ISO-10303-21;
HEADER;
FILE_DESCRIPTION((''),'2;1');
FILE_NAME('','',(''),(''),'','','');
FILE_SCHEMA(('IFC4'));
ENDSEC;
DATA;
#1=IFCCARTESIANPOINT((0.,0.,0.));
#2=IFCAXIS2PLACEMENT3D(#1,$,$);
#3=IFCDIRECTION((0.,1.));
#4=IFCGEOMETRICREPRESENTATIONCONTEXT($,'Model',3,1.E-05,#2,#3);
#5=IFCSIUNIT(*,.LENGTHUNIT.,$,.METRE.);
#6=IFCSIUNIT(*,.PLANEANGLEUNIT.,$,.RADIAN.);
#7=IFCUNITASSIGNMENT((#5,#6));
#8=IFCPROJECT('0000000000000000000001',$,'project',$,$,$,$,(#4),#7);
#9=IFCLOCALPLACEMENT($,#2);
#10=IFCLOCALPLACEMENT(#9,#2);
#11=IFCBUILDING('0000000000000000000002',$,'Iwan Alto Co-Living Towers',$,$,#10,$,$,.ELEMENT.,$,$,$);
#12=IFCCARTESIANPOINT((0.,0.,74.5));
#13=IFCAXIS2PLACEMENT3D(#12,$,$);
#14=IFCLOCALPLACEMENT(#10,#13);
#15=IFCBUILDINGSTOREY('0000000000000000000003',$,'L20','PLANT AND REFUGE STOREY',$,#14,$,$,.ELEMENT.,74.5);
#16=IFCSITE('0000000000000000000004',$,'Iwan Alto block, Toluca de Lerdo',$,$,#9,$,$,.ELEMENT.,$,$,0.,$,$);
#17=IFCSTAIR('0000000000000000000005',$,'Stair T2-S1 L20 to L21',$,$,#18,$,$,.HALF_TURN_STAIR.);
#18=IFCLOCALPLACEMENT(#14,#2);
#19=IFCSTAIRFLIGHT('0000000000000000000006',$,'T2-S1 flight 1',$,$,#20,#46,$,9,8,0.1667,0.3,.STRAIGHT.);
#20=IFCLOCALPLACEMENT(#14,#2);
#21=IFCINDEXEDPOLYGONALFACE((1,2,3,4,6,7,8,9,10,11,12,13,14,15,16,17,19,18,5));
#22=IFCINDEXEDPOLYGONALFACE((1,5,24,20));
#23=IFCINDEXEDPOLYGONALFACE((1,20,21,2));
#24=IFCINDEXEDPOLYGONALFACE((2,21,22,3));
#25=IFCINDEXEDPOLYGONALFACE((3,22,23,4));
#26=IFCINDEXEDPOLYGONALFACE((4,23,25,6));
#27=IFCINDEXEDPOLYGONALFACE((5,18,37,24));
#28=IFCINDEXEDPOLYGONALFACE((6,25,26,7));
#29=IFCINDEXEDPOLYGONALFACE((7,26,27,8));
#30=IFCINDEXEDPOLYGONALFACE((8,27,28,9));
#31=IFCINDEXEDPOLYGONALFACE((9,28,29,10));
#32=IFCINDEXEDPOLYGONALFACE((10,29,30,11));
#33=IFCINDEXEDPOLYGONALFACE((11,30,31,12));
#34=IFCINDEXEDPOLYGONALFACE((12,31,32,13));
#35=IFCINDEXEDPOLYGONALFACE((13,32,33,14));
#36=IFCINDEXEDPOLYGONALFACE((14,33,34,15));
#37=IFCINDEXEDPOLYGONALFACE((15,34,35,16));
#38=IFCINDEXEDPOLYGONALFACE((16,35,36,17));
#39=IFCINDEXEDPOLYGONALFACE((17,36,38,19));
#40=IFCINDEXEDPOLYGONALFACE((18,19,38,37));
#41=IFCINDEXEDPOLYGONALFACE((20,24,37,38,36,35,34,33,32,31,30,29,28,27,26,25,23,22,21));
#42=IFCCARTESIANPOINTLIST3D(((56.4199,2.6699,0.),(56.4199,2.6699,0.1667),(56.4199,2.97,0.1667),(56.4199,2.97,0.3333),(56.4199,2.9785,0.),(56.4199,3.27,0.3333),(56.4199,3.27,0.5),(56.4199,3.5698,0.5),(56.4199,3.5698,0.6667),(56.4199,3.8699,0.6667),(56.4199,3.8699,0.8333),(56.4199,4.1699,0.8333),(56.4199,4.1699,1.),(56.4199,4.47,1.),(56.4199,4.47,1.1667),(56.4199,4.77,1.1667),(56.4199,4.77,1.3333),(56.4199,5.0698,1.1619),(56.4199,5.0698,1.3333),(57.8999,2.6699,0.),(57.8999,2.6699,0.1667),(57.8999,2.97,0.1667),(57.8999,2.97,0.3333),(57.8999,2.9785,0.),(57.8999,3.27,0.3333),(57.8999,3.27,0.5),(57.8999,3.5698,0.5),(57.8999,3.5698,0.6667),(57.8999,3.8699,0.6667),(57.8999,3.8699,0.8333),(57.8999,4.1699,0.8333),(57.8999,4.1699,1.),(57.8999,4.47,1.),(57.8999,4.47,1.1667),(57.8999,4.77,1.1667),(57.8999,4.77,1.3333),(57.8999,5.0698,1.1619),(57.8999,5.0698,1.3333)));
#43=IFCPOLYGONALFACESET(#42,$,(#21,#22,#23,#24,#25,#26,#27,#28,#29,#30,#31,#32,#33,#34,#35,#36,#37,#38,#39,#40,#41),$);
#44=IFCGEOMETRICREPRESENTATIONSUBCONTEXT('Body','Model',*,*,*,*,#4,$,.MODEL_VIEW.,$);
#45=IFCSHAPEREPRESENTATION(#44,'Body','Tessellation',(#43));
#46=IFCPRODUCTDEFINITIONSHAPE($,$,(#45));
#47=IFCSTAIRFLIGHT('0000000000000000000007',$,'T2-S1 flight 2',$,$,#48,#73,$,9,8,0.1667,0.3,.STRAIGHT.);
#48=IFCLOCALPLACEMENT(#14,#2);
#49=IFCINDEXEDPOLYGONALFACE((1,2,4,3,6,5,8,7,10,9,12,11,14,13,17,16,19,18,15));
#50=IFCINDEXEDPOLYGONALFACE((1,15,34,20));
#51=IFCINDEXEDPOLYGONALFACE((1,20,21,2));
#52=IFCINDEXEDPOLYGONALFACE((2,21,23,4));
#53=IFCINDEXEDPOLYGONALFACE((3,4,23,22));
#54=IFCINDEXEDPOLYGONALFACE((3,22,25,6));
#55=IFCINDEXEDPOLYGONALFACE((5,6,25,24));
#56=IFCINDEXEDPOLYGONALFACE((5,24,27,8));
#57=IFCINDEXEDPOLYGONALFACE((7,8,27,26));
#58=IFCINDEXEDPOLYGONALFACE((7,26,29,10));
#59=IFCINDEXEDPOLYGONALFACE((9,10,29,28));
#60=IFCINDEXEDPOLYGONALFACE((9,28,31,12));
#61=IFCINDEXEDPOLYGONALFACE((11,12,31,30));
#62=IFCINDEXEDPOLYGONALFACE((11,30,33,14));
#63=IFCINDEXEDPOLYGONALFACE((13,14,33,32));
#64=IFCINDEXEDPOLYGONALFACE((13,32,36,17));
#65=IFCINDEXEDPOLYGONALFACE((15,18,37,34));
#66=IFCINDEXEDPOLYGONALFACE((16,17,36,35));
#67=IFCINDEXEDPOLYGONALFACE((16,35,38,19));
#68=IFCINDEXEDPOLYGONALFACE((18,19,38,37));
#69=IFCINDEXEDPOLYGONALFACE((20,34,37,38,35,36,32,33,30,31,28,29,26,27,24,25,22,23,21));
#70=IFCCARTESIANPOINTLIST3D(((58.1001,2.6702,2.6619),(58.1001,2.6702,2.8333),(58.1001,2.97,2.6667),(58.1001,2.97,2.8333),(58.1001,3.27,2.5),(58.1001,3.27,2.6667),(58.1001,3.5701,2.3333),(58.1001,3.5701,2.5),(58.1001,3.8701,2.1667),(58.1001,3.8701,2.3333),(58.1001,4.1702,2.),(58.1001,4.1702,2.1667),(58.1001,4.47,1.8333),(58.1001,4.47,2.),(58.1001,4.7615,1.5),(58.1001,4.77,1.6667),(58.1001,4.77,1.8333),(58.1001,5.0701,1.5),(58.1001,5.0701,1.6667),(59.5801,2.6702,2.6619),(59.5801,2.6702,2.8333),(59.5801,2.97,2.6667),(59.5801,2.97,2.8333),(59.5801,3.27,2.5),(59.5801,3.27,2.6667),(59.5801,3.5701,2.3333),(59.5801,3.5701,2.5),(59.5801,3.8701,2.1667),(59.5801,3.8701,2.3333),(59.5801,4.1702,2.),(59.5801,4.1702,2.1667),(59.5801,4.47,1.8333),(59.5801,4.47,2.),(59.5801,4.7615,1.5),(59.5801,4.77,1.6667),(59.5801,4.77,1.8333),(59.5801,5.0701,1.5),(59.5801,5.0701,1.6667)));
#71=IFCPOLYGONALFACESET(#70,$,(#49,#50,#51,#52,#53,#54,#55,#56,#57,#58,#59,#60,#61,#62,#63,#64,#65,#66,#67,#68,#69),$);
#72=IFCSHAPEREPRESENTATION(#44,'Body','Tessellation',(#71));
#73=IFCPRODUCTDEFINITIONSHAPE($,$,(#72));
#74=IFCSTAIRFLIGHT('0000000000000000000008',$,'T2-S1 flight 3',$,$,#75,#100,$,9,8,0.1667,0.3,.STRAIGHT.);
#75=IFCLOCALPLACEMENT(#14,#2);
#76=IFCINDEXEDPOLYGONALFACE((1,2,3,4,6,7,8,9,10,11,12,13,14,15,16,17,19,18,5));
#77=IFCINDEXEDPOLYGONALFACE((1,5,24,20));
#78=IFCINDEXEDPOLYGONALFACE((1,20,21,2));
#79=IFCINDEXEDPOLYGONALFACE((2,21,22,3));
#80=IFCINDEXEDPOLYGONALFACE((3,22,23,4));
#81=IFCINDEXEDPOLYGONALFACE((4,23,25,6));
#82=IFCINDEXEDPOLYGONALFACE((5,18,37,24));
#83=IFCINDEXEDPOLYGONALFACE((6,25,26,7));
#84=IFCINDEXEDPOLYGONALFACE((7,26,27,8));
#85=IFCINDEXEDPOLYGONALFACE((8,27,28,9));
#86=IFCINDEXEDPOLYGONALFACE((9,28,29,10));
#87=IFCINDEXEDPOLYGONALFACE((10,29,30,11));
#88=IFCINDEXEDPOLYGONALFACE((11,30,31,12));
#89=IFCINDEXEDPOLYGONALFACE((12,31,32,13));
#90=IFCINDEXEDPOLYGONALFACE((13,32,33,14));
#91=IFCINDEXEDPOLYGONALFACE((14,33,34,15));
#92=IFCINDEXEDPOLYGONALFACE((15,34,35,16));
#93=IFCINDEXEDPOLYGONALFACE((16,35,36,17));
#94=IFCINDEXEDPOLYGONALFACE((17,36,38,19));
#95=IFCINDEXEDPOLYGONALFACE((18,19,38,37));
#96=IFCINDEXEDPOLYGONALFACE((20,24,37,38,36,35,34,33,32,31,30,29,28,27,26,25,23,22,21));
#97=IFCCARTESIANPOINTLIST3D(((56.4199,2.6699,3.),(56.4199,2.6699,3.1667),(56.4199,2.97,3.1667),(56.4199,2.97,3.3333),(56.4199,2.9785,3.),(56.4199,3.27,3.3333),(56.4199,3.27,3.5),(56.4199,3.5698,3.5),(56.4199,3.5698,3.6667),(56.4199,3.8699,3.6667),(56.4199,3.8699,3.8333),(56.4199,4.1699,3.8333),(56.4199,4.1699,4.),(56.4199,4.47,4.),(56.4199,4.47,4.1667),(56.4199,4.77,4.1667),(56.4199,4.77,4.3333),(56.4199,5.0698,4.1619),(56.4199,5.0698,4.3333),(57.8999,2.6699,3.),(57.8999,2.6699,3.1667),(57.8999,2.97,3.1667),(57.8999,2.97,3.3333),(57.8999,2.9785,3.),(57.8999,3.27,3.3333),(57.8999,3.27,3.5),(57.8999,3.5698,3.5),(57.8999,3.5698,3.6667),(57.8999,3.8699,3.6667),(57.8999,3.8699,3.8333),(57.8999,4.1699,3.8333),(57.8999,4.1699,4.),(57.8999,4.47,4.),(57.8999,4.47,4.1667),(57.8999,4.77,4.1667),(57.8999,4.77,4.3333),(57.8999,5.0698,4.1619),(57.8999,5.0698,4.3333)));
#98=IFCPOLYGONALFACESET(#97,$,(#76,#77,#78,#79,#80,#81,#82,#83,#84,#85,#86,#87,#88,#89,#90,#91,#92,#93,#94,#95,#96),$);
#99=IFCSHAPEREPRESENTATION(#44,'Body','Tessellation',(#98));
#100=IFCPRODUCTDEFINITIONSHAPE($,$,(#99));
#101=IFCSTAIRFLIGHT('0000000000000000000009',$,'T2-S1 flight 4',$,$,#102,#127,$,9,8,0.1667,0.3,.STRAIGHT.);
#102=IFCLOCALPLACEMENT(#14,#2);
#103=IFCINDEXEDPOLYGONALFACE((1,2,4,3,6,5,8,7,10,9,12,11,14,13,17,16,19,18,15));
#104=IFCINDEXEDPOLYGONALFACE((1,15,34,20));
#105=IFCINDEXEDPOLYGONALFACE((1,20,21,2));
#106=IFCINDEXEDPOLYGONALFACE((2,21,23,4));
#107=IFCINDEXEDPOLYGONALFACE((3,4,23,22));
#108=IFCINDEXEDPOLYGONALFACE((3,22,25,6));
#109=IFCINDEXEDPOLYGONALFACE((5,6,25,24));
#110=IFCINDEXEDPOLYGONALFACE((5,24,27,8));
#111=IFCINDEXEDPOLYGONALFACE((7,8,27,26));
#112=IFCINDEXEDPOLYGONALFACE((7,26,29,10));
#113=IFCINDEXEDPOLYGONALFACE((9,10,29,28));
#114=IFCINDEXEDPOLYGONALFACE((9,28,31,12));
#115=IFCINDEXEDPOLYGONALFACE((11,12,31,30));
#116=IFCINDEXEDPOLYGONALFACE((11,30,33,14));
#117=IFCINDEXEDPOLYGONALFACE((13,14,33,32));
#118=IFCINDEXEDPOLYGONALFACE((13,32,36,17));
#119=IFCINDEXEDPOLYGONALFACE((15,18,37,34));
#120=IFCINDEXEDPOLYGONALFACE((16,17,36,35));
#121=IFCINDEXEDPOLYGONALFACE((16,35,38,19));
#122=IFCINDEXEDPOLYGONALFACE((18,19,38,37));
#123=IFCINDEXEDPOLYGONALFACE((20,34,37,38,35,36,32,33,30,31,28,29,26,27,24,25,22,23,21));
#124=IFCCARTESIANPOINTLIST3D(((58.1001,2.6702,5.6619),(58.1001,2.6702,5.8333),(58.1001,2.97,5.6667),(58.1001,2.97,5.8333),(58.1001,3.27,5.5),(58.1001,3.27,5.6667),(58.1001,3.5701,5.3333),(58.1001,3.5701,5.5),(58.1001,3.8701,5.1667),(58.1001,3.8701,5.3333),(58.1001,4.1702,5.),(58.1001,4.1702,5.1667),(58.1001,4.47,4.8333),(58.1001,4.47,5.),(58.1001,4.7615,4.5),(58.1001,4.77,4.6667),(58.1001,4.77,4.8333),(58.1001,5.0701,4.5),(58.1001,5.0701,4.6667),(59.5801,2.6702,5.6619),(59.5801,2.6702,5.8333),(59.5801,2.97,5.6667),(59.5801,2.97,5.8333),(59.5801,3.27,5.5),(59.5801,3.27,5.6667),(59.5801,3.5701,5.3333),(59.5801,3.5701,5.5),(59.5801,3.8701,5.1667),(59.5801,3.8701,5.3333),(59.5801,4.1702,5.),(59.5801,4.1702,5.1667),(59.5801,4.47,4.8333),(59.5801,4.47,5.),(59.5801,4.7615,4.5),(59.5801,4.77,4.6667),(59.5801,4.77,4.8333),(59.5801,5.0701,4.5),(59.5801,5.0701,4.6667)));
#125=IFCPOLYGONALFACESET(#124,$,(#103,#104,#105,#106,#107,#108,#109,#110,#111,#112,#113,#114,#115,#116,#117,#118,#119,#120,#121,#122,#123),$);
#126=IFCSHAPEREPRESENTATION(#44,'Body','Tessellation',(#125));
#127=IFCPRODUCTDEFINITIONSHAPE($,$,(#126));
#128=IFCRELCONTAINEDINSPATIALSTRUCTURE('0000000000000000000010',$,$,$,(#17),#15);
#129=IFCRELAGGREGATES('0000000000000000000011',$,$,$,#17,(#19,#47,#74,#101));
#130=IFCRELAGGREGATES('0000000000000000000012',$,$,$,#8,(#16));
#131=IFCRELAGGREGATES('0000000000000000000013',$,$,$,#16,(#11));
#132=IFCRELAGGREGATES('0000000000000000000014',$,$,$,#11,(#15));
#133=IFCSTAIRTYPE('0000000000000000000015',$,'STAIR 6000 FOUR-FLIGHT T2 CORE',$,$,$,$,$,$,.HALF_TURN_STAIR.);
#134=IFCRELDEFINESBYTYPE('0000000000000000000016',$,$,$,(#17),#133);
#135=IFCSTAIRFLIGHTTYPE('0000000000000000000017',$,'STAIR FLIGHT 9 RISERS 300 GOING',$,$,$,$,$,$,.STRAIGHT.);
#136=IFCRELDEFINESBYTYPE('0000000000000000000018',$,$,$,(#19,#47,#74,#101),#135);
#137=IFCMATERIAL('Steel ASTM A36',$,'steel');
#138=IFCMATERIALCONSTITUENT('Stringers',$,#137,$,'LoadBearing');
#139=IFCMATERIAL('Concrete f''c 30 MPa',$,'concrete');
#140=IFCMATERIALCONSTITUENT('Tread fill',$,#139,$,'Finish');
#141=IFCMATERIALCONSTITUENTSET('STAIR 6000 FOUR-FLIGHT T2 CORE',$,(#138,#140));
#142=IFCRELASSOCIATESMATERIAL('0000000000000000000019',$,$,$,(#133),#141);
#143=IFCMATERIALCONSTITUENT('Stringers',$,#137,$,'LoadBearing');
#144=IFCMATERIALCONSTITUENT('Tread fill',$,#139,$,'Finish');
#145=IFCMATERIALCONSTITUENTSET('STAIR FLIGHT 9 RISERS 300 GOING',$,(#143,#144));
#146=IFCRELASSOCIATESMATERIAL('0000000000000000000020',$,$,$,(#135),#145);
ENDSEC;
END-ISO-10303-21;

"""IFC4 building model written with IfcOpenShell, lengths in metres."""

from ifc_helpers import new_model, si_unit, direction, frame, origin, place, context, subcontext, project, spatial, polyline, outline, extrude, material, constituent, constituent_set, type_object, element, aggregate, save


model = new_model("IFC4")

# Units and contexts
model_context = context("Model", 3, precision=1e-05, world=origin(), true_north=direction((0.0, 1.0)))
body_context = subcontext(model_context, "Body", "Model", "MODEL_VIEW")
ifc_project = project(units=[si_unit("LENGTHUNIT", "METRE"), si_unit("PLANEANGLEUNIT", "RADIAN")], contexts=[model_context])

# Site, building, storey
site_placement = place(None, origin())
site = spatial("IfcSite", under=ifc_project, at=site_placement, Name="Iwan Alto block, Toluca de Lerdo", CompositionType="ELEMENT", RefElevation=0.0)
building_placement = place(site_placement, origin())
building = spatial("IfcBuilding", under=site, at=building_placement, Name="Iwan Alto Co-Living Towers", CompositionType="ELEMENT")
storey_placement = place(building_placement, frame((0.0, 0.0, 74.5)))
storey = spatial("IfcBuildingStorey", under=building, at=storey_placement, Name="L20", Description="PLANT AND REFUGE STOREY", CompositionType="ELEMENT", Elevation=74.5)

# Stair, stair flights
ifc_material_1 = material(Name="Steel ASTM A36", Category="steel")
ifc_constituent_1 = constituent(ifc_material_1, Name="Stringers", Category="LoadBearing")
ifc_material_2 = material(Name="Concrete f'c 30 MPa", Category="concrete")
ifc_constituent_2 = constituent(ifc_material_2, Name="Tread fill", Category="Finish")
ifc_constituent_set_1 = constituent_set(constituents=[ifc_constituent_1, ifc_constituent_2], Name="STAIR 6000 FOUR-FLIGHT T2 CORE")
stair_type = type_object("IfcStairType", Name="STAIR 6000 FOUR-FLIGHT T2 CORE", PredefinedType="HALF_TURN_STAIR", material=ifc_constituent_set_1)
stair_placement = place(storey_placement, origin())
stair = element("IfcStair", 1, at=stair_placement, inside=storey, type_object=stair_type, Name="Stair T2-S1 L20 to L21", PredefinedType="HALF_TURN_STAIR")
ifc_constituent_3 = constituent(ifc_material_1, Name="Stringers", Category="LoadBearing")
ifc_constituent_4 = constituent(ifc_material_2, Name="Tread fill", Category="Finish")
ifc_constituent_set_2 = constituent_set(constituents=[ifc_constituent_3, ifc_constituent_4], Name="STAIR FLIGHT 9 RISERS 300 GOING")
stair_flight_type = type_object("IfcStairFlightType", Name="STAIR FLIGHT 9 RISERS 300 GOING", PredefinedType="STRAIGHT", material=ifc_constituent_set_2)
stair_flight_1_placement = place(storey_placement, frame((57.1599, 2.6699, 0.0), z_axis=(0.0, 0.0, 1.0), x_axis=(0.0, 1.0, 0.0)))
stair_flight_1 = element("IfcStairFlight", 2, at=stair_flight_1_placement, type_object=stair_flight_type, Name="T2-S1 flight 1", NumberOfRisers=9, NumberOfTreads=8, PredefinedType="STRAIGHT", RiserHeight=0.1667, TreadLength=0.3, context=body_context, shape_type="SweptSolid", body=[
    extrude(outline(polyline([(0.0, 0.0), (0.0, 0.1667), (0.3, 0.1667), (0.3, 0.3333), (0.6001, 0.3333), (0.6001, 0.5), (0.8999, 0.5), (0.8999, 0.6667), (1.2, 0.6667), (1.2, 0.8333), (1.5, 0.8333), (1.5, 1.0), (1.8, 1.0), (1.8, 1.1667), (2.1001, 1.1667), (2.1001, 1.3333), (2.3999, 1.3333), (2.3999, 1.5), (2.3999, 1.1619), (0.3086, 0.0), (0.0, 0.0)])), frame((0.0, 0.74, 0.0), z_axis=(0.0, -1.0, 0.0), x_axis=(1.0, 0.0, 0.0)), (0.0, 0.0, 1.0), 1.48),
])
stair_flight_2_placement = place(storey_placement, frame((58.8401, 5.0701, 1.5), z_axis=(0.0, 0.0, 1.0), x_axis=(0.0, -1.0, 0.0)))
stair_flight_2 = element("IfcStairFlight", 3, at=stair_flight_2_placement, type_object=stair_flight_type, Name="T2-S1 flight 2", NumberOfRisers=9, NumberOfTreads=8, PredefinedType="STRAIGHT", RiserHeight=0.1667, TreadLength=0.3, context=body_context, shape_type="SweptSolid", body=[
    extrude(outline(polyline([(0.0, 0.0), (0.0, 0.1667), (0.3, 0.1667), (0.3, 0.3333), (0.6001, 0.3333), (0.6001, 0.5), (0.8999, 0.5), (0.8999, 0.6667), (1.2, 0.6667), (1.2, 0.8333), (1.5, 0.8333), (1.5, 1.0), (1.8, 1.0), (1.8, 1.1667), (2.1001, 1.1667), (2.1001, 1.3333), (2.3999, 1.3333), (2.3999, 1.5), (2.3999, 1.1619), (0.3086, 0.0), (0.0, 0.0)])), frame((0.0, 0.74, 0.0), z_axis=(0.0, -1.0, 0.0), x_axis=(1.0, 0.0, 0.0)), (0.0, 0.0, 1.0), 1.48),
])
stair_flight_3_placement = place(storey_placement, frame((57.1599, 2.6699, 3.0), z_axis=(0.0, 0.0, 1.0), x_axis=(0.0, 1.0, 0.0)))
stair_flight_3 = element("IfcStairFlight", 4, at=stair_flight_3_placement, type_object=stair_flight_type, Name="T2-S1 flight 3", NumberOfRisers=9, NumberOfTreads=8, PredefinedType="STRAIGHT", RiserHeight=0.1667, TreadLength=0.3, context=body_context, shape_type="SweptSolid", body=[
    extrude(outline(polyline([(0.0, 0.0), (0.0, 0.1667), (0.3, 0.1667), (0.3, 0.3333), (0.6001, 0.3333), (0.6001, 0.5), (0.8999, 0.5), (0.8999, 0.6667), (1.2, 0.6667), (1.2, 0.8333), (1.5, 0.8333), (1.5, 1.0), (1.8, 1.0), (1.8, 1.1667), (2.1001, 1.1667), (2.1001, 1.3333), (2.3999, 1.3333), (2.3999, 1.5), (2.3999, 1.1619), (0.3086, 0.0), (0.0, 0.0)])), frame((0.0, 0.74, 0.0), z_axis=(0.0, -1.0, 0.0), x_axis=(1.0, 0.0, 0.0)), (0.0, 0.0, 1.0), 1.48),
])
stair_flight_4_placement = place(storey_placement, frame((58.8401, 5.0701, 4.5), z_axis=(0.0, 0.0, 1.0), x_axis=(0.0, -1.0, 0.0)))
stair_flight_4 = element("IfcStairFlight", 5, at=stair_flight_4_placement, type_object=stair_flight_type, Name="T2-S1 flight 4", NumberOfRisers=9, NumberOfTreads=8, PredefinedType="STRAIGHT", RiserHeight=0.1667, TreadLength=0.3, context=body_context, shape_type="SweptSolid", body=[
    extrude(outline(polyline([(0.0, 0.0), (0.0, 0.1667), (0.3, 0.1667), (0.3, 0.3333), (0.6001, 0.3333), (0.6001, 0.5), (0.8999, 0.5), (0.8999, 0.6667), (1.2, 0.6667), (1.2, 0.8333), (1.5, 0.8333), (1.5, 1.0), (1.8, 1.0), (1.8, 1.1667), (2.1001, 1.1667), (2.1001, 1.3333), (2.3999, 1.3333), (2.3999, 1.5), (2.3999, 1.1619), (0.3086, 0.0), (0.0, 0.0)])), frame((0.0, 0.74, 0.0), z_axis=(0.0, -1.0, 0.0), x_axis=(1.0, 0.0, 0.0)), (0.0, 0.0, 1.0), 1.48),
])
aggregate(stair, [stair_flight_1, stair_flight_2, stair_flight_3, stair_flight_4])

save(model, "model.ifc")
